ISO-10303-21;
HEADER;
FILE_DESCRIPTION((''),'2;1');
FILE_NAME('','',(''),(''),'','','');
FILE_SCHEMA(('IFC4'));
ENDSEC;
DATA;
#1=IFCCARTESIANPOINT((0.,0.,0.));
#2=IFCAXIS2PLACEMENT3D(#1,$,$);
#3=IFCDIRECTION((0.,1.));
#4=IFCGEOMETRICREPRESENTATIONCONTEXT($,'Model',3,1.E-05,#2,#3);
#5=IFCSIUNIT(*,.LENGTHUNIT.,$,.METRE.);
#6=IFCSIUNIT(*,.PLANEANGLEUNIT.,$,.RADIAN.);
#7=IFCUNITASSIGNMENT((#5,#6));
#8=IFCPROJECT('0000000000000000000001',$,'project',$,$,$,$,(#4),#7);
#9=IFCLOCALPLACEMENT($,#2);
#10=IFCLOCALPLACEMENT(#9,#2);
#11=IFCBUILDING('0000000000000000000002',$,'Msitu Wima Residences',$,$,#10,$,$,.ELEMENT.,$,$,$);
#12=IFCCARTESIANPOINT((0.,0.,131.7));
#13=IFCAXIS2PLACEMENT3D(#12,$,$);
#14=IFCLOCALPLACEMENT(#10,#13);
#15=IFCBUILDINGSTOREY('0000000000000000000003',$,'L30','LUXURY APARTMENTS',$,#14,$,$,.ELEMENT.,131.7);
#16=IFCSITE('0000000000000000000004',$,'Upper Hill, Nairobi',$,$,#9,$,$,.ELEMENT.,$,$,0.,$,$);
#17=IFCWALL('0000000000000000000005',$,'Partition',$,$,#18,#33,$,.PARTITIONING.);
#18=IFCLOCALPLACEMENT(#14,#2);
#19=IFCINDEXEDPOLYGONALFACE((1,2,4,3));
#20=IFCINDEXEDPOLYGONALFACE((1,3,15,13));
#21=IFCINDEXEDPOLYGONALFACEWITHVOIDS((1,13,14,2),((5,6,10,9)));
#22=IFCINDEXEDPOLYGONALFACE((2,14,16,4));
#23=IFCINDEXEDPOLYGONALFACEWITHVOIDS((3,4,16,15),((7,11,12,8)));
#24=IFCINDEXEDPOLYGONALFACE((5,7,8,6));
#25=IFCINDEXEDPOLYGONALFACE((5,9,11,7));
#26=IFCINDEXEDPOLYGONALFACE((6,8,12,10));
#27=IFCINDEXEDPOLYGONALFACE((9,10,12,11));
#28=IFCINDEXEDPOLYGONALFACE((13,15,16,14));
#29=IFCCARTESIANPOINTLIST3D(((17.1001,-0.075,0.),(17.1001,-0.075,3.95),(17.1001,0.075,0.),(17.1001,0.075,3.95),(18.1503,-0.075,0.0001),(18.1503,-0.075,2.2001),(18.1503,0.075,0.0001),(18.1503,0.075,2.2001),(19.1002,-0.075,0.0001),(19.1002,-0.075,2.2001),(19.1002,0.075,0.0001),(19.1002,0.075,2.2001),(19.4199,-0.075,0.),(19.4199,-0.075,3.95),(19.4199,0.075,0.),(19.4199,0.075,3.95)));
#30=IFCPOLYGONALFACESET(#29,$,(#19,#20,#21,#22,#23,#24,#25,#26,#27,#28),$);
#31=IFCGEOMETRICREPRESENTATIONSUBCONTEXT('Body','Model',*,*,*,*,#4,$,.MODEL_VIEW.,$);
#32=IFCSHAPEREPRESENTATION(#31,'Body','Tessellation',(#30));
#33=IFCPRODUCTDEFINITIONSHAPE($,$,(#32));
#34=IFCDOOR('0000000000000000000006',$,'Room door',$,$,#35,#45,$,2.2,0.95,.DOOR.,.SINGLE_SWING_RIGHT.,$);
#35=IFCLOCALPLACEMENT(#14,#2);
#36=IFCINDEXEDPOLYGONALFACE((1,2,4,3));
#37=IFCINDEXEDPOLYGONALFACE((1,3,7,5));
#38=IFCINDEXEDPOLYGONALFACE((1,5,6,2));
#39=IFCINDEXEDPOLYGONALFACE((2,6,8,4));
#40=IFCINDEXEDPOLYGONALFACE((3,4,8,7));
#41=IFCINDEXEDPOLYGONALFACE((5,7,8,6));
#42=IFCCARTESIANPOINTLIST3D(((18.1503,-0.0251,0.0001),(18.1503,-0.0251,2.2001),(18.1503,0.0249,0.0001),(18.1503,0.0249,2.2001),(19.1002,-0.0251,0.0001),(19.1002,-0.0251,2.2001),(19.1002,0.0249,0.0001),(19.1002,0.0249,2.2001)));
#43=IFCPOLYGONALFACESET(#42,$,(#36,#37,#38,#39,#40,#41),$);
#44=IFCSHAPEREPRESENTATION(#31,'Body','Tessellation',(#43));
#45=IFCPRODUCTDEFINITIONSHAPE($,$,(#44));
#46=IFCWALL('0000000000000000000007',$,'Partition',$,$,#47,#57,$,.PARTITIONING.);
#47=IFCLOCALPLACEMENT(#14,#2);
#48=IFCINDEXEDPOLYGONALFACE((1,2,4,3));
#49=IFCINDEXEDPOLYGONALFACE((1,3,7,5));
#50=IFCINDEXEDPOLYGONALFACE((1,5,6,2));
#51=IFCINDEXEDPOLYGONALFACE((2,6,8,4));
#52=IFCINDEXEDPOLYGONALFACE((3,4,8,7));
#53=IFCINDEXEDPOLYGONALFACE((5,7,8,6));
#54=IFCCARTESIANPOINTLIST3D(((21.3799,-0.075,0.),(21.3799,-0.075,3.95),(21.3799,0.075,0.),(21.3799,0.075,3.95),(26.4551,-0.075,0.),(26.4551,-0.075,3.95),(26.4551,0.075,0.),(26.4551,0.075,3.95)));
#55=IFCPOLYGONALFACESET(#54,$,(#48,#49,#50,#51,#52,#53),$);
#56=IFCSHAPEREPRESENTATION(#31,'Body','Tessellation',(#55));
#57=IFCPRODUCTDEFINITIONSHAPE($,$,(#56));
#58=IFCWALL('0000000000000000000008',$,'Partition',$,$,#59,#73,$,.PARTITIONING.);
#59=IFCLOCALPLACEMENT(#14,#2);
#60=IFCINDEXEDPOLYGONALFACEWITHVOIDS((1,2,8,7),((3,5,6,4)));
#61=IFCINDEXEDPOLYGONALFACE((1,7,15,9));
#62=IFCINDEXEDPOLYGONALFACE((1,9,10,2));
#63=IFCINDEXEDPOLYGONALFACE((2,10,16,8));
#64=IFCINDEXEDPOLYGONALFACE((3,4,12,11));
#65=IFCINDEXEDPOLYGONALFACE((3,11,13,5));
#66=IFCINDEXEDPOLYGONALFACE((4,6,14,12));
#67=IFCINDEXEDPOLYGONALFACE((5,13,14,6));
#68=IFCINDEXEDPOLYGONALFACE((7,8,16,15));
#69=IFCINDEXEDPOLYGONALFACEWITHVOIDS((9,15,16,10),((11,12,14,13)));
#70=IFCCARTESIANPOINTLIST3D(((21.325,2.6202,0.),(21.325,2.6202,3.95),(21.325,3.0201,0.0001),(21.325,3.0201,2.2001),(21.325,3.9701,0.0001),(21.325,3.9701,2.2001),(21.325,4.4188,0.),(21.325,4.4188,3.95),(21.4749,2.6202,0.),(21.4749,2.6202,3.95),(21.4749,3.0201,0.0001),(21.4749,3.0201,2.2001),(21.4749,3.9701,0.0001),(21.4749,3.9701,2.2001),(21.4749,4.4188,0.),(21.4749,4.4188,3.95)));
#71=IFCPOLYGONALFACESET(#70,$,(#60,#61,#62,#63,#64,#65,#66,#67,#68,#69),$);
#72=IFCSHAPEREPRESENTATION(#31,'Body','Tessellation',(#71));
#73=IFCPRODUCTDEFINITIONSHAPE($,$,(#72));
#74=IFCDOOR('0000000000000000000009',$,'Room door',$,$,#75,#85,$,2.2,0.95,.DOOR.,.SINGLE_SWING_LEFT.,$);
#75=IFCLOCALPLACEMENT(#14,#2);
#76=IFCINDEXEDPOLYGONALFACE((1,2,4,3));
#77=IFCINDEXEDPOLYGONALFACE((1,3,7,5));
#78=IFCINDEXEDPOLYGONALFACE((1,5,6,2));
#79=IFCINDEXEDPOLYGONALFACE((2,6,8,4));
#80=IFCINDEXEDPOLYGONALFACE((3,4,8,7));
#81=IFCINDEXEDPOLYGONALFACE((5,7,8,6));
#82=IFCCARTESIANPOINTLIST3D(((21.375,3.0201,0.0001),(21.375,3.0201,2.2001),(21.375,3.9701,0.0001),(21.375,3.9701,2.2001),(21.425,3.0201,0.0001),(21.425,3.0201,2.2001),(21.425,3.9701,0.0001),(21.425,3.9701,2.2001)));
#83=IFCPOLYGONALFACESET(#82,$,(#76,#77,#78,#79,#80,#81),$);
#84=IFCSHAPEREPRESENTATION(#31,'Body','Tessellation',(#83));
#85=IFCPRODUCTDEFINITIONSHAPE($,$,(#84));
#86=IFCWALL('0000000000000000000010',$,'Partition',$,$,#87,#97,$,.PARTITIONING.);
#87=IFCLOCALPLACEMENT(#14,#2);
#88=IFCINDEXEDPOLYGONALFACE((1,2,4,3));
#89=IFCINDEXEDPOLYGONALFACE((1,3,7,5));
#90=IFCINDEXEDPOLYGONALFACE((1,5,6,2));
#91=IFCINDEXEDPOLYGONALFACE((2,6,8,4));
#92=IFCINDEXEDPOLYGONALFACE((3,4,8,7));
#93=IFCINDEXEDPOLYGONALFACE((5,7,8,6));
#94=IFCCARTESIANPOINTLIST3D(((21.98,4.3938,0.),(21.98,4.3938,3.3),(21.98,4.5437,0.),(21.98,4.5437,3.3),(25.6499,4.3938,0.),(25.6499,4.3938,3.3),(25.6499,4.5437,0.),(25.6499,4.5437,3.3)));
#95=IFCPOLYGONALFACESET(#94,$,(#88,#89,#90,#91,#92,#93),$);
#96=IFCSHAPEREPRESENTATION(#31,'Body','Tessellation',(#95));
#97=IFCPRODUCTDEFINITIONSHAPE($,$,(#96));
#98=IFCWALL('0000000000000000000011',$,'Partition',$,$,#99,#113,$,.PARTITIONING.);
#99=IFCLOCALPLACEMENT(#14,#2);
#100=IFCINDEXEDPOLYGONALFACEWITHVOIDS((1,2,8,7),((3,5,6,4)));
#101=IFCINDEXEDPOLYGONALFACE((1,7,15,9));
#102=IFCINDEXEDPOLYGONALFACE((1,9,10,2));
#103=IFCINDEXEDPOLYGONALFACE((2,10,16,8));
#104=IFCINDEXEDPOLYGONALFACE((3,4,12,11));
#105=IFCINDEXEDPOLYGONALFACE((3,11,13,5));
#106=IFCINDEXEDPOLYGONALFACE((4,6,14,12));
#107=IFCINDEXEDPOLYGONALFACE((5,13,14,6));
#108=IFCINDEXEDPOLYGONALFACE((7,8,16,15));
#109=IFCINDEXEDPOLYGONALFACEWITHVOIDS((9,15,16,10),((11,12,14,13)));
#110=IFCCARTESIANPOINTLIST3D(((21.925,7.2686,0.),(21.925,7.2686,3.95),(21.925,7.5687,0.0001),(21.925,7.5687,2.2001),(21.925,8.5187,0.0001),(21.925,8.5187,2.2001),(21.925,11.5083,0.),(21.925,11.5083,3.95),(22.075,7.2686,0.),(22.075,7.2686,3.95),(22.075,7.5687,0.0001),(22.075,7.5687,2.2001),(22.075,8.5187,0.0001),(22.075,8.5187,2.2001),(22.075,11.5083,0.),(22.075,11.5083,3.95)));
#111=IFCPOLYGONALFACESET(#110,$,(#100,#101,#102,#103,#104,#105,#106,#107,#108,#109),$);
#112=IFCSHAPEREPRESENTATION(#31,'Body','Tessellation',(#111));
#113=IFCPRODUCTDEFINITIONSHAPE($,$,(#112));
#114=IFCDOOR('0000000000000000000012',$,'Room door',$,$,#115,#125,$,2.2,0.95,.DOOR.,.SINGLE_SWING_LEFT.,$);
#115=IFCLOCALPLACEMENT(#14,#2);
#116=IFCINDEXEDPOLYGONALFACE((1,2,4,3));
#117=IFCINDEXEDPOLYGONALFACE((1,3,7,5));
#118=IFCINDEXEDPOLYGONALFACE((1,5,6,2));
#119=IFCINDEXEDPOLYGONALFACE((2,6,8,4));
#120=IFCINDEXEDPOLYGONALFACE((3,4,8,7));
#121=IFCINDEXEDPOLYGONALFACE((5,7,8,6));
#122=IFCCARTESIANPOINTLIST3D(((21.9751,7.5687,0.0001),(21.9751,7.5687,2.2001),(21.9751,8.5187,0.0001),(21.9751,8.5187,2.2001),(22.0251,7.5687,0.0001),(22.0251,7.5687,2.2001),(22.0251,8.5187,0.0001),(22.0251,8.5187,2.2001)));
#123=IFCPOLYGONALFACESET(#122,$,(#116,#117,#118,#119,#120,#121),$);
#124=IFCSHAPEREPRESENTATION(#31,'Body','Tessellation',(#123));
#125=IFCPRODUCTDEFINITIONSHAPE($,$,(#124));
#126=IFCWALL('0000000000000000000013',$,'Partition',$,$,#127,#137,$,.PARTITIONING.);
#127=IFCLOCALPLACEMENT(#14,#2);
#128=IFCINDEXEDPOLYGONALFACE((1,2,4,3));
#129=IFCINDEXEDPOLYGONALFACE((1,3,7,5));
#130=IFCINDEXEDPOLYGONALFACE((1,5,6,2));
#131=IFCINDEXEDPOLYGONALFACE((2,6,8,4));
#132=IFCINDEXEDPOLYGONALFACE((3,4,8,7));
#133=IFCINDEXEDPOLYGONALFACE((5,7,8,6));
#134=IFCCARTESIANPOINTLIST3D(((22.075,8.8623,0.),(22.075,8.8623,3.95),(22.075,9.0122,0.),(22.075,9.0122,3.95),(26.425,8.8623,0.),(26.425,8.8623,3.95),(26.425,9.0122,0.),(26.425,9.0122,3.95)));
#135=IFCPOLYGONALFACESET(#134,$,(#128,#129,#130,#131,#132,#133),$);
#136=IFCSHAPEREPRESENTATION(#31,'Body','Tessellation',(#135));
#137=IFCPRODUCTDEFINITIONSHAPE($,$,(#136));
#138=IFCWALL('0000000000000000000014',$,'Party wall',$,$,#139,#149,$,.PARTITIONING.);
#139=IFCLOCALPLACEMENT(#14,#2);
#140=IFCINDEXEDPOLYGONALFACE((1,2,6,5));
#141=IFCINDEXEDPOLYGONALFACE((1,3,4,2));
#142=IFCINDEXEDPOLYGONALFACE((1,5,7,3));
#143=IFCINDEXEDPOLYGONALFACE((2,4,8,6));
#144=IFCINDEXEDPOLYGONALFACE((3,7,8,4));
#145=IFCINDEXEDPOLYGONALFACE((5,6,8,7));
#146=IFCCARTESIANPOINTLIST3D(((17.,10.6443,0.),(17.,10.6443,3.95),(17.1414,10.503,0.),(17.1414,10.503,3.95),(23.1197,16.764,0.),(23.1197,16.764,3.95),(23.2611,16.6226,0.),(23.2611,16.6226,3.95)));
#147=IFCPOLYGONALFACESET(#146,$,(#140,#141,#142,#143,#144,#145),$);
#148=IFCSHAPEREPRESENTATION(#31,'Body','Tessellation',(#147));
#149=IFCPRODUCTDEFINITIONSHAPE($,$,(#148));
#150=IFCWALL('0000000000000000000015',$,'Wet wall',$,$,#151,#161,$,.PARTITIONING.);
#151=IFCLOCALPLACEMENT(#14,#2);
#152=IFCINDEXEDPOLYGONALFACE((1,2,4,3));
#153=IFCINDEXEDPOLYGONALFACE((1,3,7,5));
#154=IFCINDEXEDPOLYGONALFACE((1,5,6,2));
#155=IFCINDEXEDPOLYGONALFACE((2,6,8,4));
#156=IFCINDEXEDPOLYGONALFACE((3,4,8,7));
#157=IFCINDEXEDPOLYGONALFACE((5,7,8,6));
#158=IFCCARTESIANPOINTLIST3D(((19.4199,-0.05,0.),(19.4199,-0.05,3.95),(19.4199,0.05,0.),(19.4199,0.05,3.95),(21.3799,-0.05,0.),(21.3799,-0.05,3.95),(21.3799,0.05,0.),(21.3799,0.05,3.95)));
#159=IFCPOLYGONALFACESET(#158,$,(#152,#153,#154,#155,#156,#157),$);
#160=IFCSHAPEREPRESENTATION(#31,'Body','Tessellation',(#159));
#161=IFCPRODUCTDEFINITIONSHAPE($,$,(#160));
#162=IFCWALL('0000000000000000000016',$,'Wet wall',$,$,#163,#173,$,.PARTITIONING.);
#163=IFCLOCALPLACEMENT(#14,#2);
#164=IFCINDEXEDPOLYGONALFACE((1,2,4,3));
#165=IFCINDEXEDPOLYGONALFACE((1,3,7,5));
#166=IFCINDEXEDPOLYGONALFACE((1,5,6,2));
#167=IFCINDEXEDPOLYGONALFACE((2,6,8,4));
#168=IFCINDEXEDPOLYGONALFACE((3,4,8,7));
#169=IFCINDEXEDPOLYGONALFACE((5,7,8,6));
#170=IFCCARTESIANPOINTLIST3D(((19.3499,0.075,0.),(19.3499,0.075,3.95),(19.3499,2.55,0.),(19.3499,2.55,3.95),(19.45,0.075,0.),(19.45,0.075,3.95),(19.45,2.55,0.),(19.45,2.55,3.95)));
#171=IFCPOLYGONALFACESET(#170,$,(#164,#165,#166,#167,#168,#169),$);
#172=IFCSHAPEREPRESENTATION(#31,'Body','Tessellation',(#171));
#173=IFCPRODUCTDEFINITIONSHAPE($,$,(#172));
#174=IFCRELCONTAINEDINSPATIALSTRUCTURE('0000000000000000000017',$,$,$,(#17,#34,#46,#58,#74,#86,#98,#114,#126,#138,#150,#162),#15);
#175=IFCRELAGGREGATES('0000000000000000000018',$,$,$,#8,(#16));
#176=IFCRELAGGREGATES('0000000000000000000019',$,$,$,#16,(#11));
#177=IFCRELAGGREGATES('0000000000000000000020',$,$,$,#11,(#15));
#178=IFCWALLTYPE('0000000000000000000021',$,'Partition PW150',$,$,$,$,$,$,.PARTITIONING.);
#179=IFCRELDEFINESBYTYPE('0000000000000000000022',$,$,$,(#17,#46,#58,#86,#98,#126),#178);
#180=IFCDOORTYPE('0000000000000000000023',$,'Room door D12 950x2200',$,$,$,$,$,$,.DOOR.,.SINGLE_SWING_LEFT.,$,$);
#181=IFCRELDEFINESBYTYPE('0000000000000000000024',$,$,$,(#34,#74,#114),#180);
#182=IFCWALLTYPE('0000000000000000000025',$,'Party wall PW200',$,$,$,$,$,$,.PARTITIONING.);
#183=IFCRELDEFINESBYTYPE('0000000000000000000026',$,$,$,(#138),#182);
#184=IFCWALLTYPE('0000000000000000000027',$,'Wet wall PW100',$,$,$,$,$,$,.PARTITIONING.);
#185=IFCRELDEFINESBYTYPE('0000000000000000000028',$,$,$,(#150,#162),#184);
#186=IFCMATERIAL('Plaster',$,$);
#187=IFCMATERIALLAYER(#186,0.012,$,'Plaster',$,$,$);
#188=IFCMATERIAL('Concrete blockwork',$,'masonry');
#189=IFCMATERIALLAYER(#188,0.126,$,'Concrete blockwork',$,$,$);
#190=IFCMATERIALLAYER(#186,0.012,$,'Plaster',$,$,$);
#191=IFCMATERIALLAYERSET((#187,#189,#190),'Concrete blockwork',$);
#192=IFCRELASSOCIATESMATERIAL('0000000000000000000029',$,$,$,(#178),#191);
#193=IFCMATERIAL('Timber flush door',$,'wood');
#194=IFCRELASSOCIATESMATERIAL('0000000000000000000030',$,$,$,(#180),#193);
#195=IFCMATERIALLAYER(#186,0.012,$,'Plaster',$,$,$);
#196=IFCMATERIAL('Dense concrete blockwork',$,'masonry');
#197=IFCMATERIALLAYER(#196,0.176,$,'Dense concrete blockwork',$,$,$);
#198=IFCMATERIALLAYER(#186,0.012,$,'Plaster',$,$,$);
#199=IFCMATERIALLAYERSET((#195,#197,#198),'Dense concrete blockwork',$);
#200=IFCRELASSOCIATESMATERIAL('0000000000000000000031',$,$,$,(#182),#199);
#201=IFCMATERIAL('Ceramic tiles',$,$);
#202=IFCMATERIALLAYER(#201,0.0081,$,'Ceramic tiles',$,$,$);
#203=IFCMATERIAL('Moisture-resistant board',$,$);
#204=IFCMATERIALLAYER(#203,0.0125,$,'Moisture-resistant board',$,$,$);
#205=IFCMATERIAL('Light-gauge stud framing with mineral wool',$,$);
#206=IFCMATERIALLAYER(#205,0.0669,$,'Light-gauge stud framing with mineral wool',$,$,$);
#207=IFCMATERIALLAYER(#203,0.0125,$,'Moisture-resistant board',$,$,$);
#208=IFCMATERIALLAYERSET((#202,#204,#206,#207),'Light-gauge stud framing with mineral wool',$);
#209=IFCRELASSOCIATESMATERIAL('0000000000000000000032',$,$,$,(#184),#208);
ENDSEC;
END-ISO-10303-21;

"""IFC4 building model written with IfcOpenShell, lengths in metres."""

from ifc_helpers import new_model, si_unit, direction, frame, frame_2d, origin, place, context, subcontext, project, spatial, rectangle, extrude, material, layer, layer_set, type_object, element, fill, save


model = new_model("IFC4")

# Units and contexts
model_context = context("Model", 3, precision=1e-05, world=origin(), true_north=direction((0.0, 1.0)))
body_context = subcontext(model_context, "Body", "Model", "MODEL_VIEW")
ifc_project = project(units=[si_unit("LENGTHUNIT", "METRE"), si_unit("PLANEANGLEUNIT", "RADIAN")], contexts=[model_context])

# Site, building, storey
site_placement = place(None, origin())
site = spatial("IfcSite", under=ifc_project, at=site_placement, Name="Upper Hill, Nairobi", CompositionType="ELEMENT", RefElevation=0.0)
building_placement = place(site_placement, origin())
building = spatial("IfcBuilding", under=site, at=building_placement, Name="Msitu Wima Residences", CompositionType="ELEMENT")
storey_placement = place(building_placement, frame((0.0, 0.0, 131.7)))
storey = spatial("IfcBuildingStorey", under=building, at=storey_placement, Name="L30", Description="LUXURY APARTMENTS", CompositionType="ELEMENT", Elevation=131.7)

# Wall, opening, door
ifc_material_1 = material(Name="Plaster")
ifc_layer_1 = layer(ifc_material_1, 0.012, Name="Plaster")
ifc_material_2 = material(Name="Concrete blockwork", Category="masonry")
ifc_layer_2 = layer(ifc_material_2, 0.126, Name="Concrete blockwork")
ifc_layer_3 = layer(ifc_material_1, 0.012, Name="Plaster")
ifc_layer_set_1 = layer_set([ifc_layer_1, ifc_layer_2, ifc_layer_3], Name="Concrete blockwork")
wall_type_1 = type_object("IfcWallType", Name="Partition PW150", PredefinedType="PARTITIONING", material=ifc_layer_set_1)
wall_1_placement = place(storey_placement, frame((17.1001, 0.0, 0.0), z_axis=(0.0, 0.0, 1.0), x_axis=(1.0, 0.0, 0.0)))
wall_1 = element("IfcWall", 1, at=wall_1_placement, inside=storey, type_object=wall_type_1, Name="Partition", PredefinedType="PARTITIONING", context=body_context, shape_type="SweptSolid", body=[
    extrude(rectangle(XDim=2.3198, YDim=0.1499, at=frame_2d((1.1599, 0.0))), origin(), (0.0, 0.0, 1.0), 3.95),
])
opening_1_placement = place(wall_1_placement, frame((1.05, 0.0, 0.0)))
opening_1 = element("IfcOpeningElement", 2, at=opening_1_placement, cuts=wall_1, PredefinedType="OPENING", context=body_context, shape_type="SweptSolid", body=[
    extrude(rectangle(XDim=0.95, YDim=2.2, at=frame_2d((0.4751, 1.1001))), frame((0.0, 0.085, 0.0), z_axis=(0.0, -1.0, 0.0), x_axis=(1.0, 0.0, 0.0)), (0.0, 0.0, 1.0), 0.1699),
])
ifc_material_3 = material(Name="Timber flush door", Category="wood")
door_type_1 = type_object("IfcDoorType", Name="Room door D12 950x2200", OperationType="SINGLE_SWING_LEFT", PredefinedType="DOOR", material=ifc_material_3)
door_1_placement = place(opening_1_placement, origin())
door_1 = element("IfcDoor", 3, at=door_1_placement, inside=storey, type_object=door_type_1, Name="Room door", OperationType="SINGLE_SWING_RIGHT", OverallHeight=2.2, OverallWidth=0.95, PredefinedType="DOOR", context=body_context, shape_type="SweptSolid", body=[
    extrude(rectangle(XDim=0.95, YDim=2.2, at=frame_2d((0.4751, 1.1001))), frame((0.0, 0.0249, 0.0), z_axis=(0.0, -1.0, 0.0), x_axis=(1.0, 0.0, 0.0)), (0.0, 0.0, 1.0), 0.05),
])
fill(opening_1, door_1)

# Wall
wall_2_placement = place(storey_placement, frame((21.3799, 0.0, 0.0), z_axis=(0.0, 0.0, 1.0), x_axis=(1.0, 0.0, 0.0)))
element("IfcWall", 4, at=wall_2_placement, inside=storey, type_object=wall_type_1, Name="Partition", PredefinedType="PARTITIONING", context=body_context, shape_type="SweptSolid", body=[
    extrude(rectangle(XDim=5.0752, YDim=0.1499, at=frame_2d((2.5376, 0.0))), origin(), (0.0, 0.0, 1.0), 3.95),
])

# Wall, opening, door
wall_3_placement = place(storey_placement, frame((21.3999, 2.6201, 0.0), z_axis=(0.0, 0.0, 1.0), x_axis=(0.0, 1.0, 0.0)))
wall_3 = element("IfcWall", 5, at=wall_3_placement, inside=storey, type_object=wall_type_1, Name="Partition", PredefinedType="PARTITIONING", context=body_context, shape_type="SweptSolid", body=[
    extrude(rectangle(XDim=1.7986, YDim=0.1499, at=frame_2d((0.8994, 0.0))), origin(), (0.0, 0.0, 1.0), 3.95),
])
opening_2_placement = place(wall_3_placement, frame((0.3999, 0.0, 0.0)))
opening_2 = element("IfcOpeningElement", 6, at=opening_2_placement, cuts=wall_3, PredefinedType="OPENING", context=body_context, shape_type="SweptSolid", body=[
    extrude(rectangle(XDim=0.95, YDim=2.2, at=frame_2d((0.4751, 1.1001))), frame((0.0, 0.085, 0.0), z_axis=(0.0, -1.0, 0.0), x_axis=(1.0, 0.0, 0.0)), (0.0, 0.0, 1.0), 0.1699),
])
door_2_placement = place(opening_2_placement, origin())
door_2 = element("IfcDoor", 7, at=door_2_placement, inside=storey, type_object=door_type_1, Name="Room door", OperationType="SINGLE_SWING_LEFT", OverallHeight=2.2, OverallWidth=0.95, PredefinedType="DOOR", context=body_context, shape_type="SweptSolid", body=[
    extrude(rectangle(XDim=0.95, YDim=2.2, at=frame_2d((0.4751, 1.1001))), frame((0.0, 0.0249, 0.0), z_axis=(0.0, -1.0, 0.0), x_axis=(1.0, 0.0, 0.0)), (0.0, 0.0, 1.0), 0.05),
])
fill(opening_2, door_2)

# Wall
wall_4_placement = place(storey_placement, frame((21.98, 4.4688, 0.0), z_axis=(0.0, 0.0, 1.0), x_axis=(1.0, 0.0, 0.0)))
element("IfcWall", 8, at=wall_4_placement, inside=storey, type_object=wall_type_1, Name="Partition", PredefinedType="PARTITIONING", context=body_context, shape_type="SweptSolid", body=[
    extrude(rectangle(XDim=3.6699, YDim=0.1499, at=frame_2d((1.835, 0.0))), origin(), (0.0, 0.0, 1.0), 3.3),
])

# Wall, opening, door
wall_5_placement = place(storey_placement, frame((22.0, 7.2686, 0.0), z_axis=(0.0, 0.0, 1.0), x_axis=(0.0, 1.0, 0.0)))
wall_5 = element("IfcWall", 9, at=wall_5_placement, inside=storey, type_object=wall_type_1, Name="Partition", PredefinedType="PARTITIONING", context=body_context, shape_type="SweptSolid", body=[
    extrude(rectangle(XDim=4.2397, YDim=0.1499, at=frame_2d((2.1199, 0.0))), origin(), (0.0, 0.0, 1.0), 3.95),
])
opening_3_placement = place(wall_5_placement, frame((0.3, 0.0, 0.0)))
opening_3 = element("IfcOpeningElement", 10, at=opening_3_placement, cuts=wall_5, PredefinedType="OPENING", context=body_context, shape_type="SweptSolid", body=[
    extrude(rectangle(XDim=0.95, YDim=2.2, at=frame_2d((0.4751, 1.1001))), frame((0.0, 0.085, 0.0), z_axis=(0.0, -1.0, 0.0), x_axis=(1.0, 0.0, 0.0)), (0.0, 0.0, 1.0), 0.1699),
])
door_3_placement = place(opening_3_placement, origin())
door_3 = element("IfcDoor", 11, at=door_3_placement, inside=storey, type_object=door_type_1, Name="Room door", OperationType="SINGLE_SWING_LEFT", OverallHeight=2.2, OverallWidth=0.95, PredefinedType="DOOR", context=body_context, shape_type="SweptSolid", body=[
    extrude(rectangle(XDim=0.95, YDim=2.2, at=frame_2d((0.4751, 1.1001))), frame((0.0, 0.0249, 0.0), z_axis=(0.0, -1.0, 0.0), x_axis=(1.0, 0.0, 0.0)), (0.0, 0.0, 1.0), 0.05),
])
fill(opening_3, door_3)

# Walls
wall_6_placement = place(storey_placement, frame((22.075, 8.9373, 0.0), z_axis=(0.0, 0.0, 1.0), x_axis=(1.0, 0.0, 0.0)))
element("IfcWall", 12, at=wall_6_placement, inside=storey, type_object=wall_type_1, Name="Partition", PredefinedType="PARTITIONING", context=body_context, shape_type="SweptSolid", body=[
    extrude(rectangle(XDim=4.3501, YDim=0.1499, at=frame_2d((2.175, 0.0))), origin(), (0.0, 0.0, 1.0), 3.95),
])
ifc_layer_4 = layer(ifc_material_1, 0.012, Name="Plaster")
ifc_material_4 = material(Name="Dense concrete blockwork", Category="masonry")
ifc_layer_5 = layer(ifc_material_4, 0.176, Name="Dense concrete blockwork")
ifc_layer_6 = layer(ifc_material_1, 0.012, Name="Plaster")
ifc_layer_set_2 = layer_set([ifc_layer_4, ifc_layer_5, ifc_layer_6], Name="Dense concrete blockwork")
wall_type_2 = type_object("IfcWallType", Name="Party wall PW200", PredefinedType="PARTITIONING", material=ifc_layer_set_2)
wall_7_placement = place(storey_placement, frame((17.0708, 10.5737, 0.0), z_axis=(0.0, 0.0, 1.0), x_axis=(0.707107, 0.707107, 0.0)))
element("IfcWall", 13, at=wall_7_placement, inside=storey, type_object=wall_type_2, Name="Party wall", PredefinedType="PARTITIONING", context=body_context, shape_type="SweptSolid", body=[
    extrude(rectangle(XDim=8.6545, YDim=0.2, at=frame_2d((4.3271, 0.0))), origin(), (0.0, 0.0, 1.0), 3.95),
])
ifc_material_5 = material(Name="Ceramic tiles")
ifc_layer_7 = layer(ifc_material_5, 0.0081, Name="Ceramic tiles")
ifc_material_6 = material(Name="Moisture-resistant board")
ifc_layer_8 = layer(ifc_material_6, 0.0125, Name="Moisture-resistant board")
ifc_material_7 = material(Name="Light-gauge stud framing with mineral wool")
ifc_layer_9 = layer(ifc_material_7, 0.0669, Name="Light-gauge stud framing with mineral wool")
ifc_layer_10 = layer(ifc_material_6, 0.0125, Name="Moisture-resistant board")
ifc_layer_set_3 = layer_set([ifc_layer_7, ifc_layer_8, ifc_layer_9, ifc_layer_10], Name="Light-gauge stud framing with mineral wool")
wall_type_3 = type_object("IfcWallType", Name="Wet wall PW100", PredefinedType="PARTITIONING", material=ifc_layer_set_3)
wall_8_placement = place(storey_placement, frame((19.4199, 0.0, 0.0), z_axis=(0.0, 0.0, 1.0), x_axis=(1.0, 0.0, 0.0)))
element("IfcWall", 14, at=wall_8_placement, inside=storey, type_object=wall_type_3, Name="Wet wall", PredefinedType="PARTITIONING", context=body_context, shape_type="SweptSolid", body=[
    extrude(rectangle(XDim=1.96, YDim=0.1001, at=frame_2d((0.98, 0.0))), origin(), (0.0, 0.0, 1.0), 3.95),
])
wall_9_placement = place(storey_placement, frame((19.3999, 0.075, 0.0), z_axis=(0.0, 0.0, 1.0), x_axis=(0.0, 1.0, 0.0)))
element("IfcWall", 15, at=wall_9_placement, inside=storey, type_object=wall_type_3, Name="Wet wall", PredefinedType="PARTITIONING", context=body_context, shape_type="SweptSolid", body=[
    extrude(rectangle(XDim=2.4751, YDim=0.1001, at=frame_2d((1.2375, 0.0))), origin(), (0.0, 0.0, 1.0), 3.95),
])

save(model, "model.ifc")
